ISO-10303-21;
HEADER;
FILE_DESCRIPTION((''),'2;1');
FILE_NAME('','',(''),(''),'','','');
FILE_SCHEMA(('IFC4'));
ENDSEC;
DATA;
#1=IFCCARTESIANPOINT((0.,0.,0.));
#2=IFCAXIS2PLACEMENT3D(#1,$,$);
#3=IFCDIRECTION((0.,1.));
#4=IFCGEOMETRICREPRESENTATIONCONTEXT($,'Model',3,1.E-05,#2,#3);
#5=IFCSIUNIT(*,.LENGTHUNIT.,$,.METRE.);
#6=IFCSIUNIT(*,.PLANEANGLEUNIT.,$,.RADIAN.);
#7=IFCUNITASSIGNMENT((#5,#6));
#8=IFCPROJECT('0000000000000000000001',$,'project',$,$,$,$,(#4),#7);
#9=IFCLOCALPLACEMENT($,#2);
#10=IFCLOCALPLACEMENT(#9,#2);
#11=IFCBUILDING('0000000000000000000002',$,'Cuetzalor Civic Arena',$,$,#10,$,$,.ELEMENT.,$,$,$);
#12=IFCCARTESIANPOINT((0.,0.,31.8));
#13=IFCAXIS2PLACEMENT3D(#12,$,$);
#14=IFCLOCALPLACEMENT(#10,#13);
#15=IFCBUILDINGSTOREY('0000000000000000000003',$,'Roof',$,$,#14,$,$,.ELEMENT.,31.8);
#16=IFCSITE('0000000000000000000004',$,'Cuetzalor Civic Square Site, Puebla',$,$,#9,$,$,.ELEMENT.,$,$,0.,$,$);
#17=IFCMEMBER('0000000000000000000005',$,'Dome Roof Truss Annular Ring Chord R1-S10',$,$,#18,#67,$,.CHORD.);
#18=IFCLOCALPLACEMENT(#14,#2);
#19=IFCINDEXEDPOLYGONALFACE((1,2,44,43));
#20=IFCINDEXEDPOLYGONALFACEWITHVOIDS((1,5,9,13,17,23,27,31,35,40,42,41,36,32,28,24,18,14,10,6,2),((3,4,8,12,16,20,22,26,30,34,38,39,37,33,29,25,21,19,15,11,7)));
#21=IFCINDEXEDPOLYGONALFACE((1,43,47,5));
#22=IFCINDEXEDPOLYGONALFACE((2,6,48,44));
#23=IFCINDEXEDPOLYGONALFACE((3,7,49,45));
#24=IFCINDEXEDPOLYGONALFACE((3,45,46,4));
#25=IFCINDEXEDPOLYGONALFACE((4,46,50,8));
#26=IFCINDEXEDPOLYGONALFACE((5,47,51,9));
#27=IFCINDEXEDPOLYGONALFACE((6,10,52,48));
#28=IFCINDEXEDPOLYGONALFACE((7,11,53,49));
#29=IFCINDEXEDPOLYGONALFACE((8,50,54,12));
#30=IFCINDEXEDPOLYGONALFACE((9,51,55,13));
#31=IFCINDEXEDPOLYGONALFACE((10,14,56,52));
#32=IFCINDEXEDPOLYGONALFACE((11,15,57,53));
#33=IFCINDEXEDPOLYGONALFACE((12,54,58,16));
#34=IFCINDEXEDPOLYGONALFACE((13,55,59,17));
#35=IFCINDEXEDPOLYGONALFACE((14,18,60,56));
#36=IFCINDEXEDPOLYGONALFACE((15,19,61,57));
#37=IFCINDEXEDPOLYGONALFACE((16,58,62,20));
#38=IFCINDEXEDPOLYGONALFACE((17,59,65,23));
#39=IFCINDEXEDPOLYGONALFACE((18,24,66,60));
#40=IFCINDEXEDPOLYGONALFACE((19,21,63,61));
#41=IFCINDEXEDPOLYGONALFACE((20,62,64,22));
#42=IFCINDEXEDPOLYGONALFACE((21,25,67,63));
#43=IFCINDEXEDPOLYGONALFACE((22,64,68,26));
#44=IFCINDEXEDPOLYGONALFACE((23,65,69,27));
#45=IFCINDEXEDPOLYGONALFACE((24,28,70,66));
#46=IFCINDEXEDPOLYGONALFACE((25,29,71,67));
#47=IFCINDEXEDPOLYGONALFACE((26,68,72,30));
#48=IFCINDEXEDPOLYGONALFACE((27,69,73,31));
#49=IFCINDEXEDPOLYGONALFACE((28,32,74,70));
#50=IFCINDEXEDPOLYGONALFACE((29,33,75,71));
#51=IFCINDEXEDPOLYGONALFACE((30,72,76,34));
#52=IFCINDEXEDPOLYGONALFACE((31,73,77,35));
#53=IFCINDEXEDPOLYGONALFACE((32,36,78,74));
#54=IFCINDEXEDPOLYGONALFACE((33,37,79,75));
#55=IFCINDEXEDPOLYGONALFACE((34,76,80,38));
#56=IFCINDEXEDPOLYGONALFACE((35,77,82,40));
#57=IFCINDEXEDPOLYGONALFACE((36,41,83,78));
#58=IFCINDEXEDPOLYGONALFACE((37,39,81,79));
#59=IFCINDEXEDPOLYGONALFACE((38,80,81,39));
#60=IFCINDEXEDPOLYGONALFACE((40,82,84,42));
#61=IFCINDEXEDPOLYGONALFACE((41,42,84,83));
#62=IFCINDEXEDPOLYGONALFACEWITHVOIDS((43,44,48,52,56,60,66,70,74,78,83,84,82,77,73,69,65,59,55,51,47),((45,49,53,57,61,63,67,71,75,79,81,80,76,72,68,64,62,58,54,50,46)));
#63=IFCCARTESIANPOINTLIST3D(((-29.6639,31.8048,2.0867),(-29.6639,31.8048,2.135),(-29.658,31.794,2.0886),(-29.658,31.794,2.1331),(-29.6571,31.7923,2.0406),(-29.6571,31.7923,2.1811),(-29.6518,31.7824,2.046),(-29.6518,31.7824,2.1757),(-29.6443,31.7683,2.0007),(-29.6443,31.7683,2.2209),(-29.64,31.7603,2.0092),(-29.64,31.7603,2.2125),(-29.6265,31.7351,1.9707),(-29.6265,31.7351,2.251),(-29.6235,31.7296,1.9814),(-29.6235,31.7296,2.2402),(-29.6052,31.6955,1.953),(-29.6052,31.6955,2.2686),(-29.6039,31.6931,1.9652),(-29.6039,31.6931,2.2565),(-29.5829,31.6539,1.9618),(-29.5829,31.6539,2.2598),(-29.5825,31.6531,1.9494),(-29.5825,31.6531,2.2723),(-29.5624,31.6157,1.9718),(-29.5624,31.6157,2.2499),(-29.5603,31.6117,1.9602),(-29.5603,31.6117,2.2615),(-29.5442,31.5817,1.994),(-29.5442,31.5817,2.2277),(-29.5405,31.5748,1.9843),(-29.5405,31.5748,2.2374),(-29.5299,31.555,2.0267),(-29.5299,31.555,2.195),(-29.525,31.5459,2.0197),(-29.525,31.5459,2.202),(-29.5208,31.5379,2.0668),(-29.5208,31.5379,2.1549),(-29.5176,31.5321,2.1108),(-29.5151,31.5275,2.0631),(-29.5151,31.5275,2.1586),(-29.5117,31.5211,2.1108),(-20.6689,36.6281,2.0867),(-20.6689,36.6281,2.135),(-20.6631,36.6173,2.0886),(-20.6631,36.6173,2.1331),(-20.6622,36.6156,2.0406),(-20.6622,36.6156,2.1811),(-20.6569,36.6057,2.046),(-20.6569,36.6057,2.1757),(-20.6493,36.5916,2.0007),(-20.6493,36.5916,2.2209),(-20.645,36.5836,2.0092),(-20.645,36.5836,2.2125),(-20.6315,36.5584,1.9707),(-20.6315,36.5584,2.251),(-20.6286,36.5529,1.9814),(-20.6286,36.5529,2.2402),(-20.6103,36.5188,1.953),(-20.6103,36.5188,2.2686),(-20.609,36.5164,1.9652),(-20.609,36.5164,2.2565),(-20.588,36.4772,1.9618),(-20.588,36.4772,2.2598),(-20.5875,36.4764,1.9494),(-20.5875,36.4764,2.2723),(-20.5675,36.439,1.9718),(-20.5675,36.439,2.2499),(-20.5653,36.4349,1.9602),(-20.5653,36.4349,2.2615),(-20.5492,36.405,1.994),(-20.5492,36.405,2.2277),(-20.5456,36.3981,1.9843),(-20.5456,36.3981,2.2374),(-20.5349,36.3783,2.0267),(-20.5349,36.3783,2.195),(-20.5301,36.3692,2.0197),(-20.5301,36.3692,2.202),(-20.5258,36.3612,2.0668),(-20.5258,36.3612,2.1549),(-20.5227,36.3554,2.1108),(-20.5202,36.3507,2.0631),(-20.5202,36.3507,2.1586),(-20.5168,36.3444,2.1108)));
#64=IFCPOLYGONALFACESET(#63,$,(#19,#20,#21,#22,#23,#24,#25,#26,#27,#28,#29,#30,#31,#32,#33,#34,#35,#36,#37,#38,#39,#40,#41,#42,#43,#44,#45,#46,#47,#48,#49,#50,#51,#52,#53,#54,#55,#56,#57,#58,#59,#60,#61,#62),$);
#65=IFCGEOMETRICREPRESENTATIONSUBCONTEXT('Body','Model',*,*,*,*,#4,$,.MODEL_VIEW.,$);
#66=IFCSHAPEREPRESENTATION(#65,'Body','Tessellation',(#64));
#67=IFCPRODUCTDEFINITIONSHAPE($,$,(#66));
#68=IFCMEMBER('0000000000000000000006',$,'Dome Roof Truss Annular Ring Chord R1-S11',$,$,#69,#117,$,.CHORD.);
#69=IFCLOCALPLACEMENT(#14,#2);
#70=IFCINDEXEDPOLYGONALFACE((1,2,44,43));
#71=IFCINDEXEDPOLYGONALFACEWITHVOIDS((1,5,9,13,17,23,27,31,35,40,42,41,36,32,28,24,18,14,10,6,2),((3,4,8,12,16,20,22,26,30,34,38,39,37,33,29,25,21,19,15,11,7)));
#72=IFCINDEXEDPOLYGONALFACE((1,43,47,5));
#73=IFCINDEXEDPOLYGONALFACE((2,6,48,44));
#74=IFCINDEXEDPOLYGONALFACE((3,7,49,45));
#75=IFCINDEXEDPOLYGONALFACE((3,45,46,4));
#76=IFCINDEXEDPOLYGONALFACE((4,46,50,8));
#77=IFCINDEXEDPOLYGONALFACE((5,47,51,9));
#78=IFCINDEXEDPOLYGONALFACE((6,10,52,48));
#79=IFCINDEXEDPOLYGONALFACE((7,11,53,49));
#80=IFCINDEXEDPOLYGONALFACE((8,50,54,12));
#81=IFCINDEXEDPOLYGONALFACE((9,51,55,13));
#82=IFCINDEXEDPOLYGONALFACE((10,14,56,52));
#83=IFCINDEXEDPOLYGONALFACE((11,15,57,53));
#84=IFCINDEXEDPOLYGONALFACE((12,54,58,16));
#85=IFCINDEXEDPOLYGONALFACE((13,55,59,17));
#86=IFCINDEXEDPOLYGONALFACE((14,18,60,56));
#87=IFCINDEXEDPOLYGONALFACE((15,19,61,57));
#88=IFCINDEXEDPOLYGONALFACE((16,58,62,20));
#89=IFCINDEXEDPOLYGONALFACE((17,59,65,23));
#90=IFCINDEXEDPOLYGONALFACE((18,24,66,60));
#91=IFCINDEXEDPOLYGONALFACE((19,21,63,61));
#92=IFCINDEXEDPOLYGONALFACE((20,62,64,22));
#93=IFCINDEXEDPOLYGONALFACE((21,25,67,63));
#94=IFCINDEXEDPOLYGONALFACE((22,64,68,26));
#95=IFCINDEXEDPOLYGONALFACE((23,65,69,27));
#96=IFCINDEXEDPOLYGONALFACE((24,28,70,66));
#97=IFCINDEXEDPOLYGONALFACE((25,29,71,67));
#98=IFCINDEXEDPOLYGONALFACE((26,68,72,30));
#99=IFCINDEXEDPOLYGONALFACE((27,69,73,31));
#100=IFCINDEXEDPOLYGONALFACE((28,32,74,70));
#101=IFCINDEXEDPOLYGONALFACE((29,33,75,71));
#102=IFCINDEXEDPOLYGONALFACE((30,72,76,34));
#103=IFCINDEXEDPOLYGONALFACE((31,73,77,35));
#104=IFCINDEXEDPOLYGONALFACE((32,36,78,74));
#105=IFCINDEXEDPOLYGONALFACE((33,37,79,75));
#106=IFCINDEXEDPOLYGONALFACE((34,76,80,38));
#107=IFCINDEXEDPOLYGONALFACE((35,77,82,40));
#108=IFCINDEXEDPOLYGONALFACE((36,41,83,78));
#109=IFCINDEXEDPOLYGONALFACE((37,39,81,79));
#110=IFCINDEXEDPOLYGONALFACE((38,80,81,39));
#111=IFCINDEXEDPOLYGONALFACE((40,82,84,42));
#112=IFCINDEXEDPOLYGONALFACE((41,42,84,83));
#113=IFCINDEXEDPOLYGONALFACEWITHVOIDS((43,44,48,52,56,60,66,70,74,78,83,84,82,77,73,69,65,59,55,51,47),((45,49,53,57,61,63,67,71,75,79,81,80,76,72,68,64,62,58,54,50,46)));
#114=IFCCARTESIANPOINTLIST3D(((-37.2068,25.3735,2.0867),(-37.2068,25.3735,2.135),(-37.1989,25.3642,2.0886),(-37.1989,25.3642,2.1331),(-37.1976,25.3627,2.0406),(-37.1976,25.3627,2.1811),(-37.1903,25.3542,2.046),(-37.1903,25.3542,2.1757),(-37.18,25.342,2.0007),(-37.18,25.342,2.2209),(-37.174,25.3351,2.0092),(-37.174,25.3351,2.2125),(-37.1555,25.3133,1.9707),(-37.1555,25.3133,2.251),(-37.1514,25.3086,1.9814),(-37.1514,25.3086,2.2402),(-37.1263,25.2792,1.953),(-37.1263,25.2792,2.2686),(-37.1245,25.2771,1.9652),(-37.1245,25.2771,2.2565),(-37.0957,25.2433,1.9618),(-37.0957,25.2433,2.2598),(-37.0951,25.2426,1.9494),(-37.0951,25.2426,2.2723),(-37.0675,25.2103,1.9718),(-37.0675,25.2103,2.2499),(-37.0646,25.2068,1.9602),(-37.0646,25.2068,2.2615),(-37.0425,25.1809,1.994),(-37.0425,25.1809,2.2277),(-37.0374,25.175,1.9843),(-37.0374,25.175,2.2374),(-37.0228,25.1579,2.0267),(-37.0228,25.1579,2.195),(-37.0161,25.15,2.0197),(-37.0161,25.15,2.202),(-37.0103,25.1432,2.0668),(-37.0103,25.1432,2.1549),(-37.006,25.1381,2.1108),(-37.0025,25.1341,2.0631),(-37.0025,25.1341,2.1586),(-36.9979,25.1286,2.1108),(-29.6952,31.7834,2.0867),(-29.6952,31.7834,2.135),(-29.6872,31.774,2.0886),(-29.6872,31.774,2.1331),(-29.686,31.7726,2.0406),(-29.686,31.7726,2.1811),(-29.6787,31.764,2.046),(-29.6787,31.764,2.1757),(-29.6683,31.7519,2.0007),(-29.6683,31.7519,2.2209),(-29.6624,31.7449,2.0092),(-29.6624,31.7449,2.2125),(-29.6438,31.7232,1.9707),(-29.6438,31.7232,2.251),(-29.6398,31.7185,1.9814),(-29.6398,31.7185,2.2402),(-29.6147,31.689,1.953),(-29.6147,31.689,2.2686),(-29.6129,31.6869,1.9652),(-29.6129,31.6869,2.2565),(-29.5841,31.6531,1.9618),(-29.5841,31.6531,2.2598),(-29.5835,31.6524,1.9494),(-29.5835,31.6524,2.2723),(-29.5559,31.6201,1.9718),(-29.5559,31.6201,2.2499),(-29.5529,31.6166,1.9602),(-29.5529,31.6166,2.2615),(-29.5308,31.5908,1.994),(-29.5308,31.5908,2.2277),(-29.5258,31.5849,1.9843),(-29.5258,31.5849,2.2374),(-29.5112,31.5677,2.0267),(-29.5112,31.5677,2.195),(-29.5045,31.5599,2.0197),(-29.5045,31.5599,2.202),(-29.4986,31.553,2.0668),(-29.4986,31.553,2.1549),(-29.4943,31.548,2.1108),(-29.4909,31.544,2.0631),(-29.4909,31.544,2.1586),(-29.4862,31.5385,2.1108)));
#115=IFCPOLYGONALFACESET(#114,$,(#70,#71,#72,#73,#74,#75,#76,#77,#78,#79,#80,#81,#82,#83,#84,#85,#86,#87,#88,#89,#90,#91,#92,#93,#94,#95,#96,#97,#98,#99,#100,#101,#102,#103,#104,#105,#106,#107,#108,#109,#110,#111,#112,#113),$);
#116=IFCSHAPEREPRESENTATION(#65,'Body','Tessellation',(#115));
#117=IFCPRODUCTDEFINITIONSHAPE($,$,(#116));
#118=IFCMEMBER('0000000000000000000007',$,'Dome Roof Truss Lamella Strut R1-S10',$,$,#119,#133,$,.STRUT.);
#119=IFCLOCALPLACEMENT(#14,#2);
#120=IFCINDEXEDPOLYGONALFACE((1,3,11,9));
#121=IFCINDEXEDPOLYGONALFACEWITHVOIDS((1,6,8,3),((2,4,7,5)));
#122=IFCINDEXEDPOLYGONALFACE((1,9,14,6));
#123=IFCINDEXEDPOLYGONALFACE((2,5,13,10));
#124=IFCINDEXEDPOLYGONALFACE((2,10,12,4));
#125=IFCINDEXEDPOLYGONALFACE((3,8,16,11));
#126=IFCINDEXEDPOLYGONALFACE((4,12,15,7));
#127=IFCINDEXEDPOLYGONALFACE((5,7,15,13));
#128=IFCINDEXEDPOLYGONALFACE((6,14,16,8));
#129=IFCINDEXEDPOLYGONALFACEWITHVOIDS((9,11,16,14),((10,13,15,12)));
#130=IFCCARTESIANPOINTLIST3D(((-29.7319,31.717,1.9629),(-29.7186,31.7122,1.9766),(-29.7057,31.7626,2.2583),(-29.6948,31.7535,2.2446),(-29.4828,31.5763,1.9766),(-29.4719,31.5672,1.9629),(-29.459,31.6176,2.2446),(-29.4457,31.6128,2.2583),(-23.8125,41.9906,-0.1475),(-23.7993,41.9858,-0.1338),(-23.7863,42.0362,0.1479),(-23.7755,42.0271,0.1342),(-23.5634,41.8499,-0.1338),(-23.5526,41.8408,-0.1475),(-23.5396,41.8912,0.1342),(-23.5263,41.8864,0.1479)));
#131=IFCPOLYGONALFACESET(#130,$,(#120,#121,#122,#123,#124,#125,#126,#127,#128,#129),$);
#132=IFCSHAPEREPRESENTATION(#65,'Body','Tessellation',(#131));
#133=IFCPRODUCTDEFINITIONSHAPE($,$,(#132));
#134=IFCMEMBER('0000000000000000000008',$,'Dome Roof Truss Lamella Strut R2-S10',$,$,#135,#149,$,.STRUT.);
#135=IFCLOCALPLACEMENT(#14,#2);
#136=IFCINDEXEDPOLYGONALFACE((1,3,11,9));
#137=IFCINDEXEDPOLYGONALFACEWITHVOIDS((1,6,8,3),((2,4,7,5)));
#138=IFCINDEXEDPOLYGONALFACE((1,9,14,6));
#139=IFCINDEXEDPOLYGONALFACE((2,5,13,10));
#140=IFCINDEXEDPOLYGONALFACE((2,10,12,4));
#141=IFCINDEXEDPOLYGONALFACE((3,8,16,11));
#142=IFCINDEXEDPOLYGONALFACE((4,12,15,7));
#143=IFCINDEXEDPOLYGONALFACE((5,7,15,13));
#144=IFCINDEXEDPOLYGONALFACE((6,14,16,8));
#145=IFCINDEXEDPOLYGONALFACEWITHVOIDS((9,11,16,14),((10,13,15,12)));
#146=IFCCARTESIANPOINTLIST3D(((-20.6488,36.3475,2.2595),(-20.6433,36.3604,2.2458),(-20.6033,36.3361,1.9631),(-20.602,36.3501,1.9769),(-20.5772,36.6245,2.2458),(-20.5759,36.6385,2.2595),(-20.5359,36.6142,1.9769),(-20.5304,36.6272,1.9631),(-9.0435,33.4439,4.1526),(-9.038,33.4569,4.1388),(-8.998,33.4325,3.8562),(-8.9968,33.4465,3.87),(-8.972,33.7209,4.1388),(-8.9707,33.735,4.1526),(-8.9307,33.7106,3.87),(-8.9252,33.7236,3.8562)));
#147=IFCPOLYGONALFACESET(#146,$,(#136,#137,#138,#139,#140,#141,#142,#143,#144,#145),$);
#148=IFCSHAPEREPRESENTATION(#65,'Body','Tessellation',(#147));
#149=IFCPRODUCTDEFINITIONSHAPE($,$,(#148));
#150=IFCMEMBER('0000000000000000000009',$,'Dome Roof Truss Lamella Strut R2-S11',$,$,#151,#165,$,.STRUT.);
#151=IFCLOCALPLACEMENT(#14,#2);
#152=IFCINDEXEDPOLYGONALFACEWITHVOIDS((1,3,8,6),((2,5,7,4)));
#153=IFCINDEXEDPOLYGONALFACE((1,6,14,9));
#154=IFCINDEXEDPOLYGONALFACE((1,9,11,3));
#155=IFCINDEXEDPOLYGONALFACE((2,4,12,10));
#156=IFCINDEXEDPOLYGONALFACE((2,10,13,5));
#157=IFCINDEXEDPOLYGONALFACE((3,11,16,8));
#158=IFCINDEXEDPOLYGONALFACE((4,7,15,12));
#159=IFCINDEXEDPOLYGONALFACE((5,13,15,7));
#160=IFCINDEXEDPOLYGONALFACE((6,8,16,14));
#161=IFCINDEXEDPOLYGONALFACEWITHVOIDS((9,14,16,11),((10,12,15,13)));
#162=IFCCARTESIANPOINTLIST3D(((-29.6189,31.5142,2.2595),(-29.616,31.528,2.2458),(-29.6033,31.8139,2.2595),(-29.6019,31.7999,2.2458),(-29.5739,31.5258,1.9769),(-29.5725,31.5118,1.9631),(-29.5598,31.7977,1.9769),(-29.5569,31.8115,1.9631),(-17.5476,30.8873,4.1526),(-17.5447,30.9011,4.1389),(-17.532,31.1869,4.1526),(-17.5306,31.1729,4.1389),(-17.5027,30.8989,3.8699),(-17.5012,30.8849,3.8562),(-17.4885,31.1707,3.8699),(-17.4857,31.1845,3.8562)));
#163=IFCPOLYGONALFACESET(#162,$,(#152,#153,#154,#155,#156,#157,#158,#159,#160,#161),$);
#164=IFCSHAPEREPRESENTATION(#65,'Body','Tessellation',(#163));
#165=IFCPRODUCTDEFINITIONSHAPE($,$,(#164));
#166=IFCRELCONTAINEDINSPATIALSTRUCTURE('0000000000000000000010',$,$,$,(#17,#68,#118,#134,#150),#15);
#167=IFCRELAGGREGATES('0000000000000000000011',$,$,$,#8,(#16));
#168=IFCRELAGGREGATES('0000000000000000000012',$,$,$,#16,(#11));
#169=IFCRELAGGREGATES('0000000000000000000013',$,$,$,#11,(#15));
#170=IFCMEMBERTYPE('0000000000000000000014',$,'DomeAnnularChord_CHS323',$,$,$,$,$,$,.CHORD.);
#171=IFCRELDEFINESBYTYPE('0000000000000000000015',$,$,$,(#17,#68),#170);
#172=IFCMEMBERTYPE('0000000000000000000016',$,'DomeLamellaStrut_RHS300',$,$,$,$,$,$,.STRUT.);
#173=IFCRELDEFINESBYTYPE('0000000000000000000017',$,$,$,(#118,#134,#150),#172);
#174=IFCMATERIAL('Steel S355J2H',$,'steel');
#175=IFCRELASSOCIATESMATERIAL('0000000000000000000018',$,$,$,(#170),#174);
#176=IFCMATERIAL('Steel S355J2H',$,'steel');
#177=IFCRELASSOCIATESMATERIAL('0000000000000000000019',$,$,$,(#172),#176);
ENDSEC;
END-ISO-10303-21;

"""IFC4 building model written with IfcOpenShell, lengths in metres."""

from ifc_helpers import new_model, si_unit, direction, frame, origin, origin_2d, place, context, subcontext, project, spatial, hollow_rectangle, hollow_circle, extrude, material, material_profile, profile_set, type_object, element, save


model = new_model("IFC4")

# Units and contexts
model_context = context("Model", 3, precision=1e-05, world=origin(), true_north=direction((0.0, 1.0)))
body_context = subcontext(model_context, "Body", "Model", "MODEL_VIEW")
ifc_project = project(units=[si_unit("LENGTHUNIT", "METRE"), si_unit("PLANEANGLEUNIT", "RADIAN")], contexts=[model_context])

# Site, building, storey
site_placement = place(None, origin())
site = spatial("IfcSite", under=ifc_project, at=site_placement, Name="Cuetzalor Civic Square Site, Puebla", CompositionType="ELEMENT", RefElevation=0.0)
building_placement = place(site_placement, origin())
building = spatial("IfcBuilding", under=site, at=building_placement, Name="Cuetzalor Civic Arena", CompositionType="ELEMENT")
storey_placement = place(building_placement, frame((0.0, 0.0, 31.8)))
storey = spatial("IfcBuildingStorey", under=building, at=storey_placement, Name="Roof", CompositionType="ELEMENT", Elevation=31.8)

# Members
ifc_material_1 = material(Name="Steel S355J2H", Category="steel")
ifc_material_profile_1 = material_profile(ifc_material_1, hollow_circle(Radius=0.1619, WallThickness=0.0125, at=origin_2d()), Name="CHS 323.9x12.5")
ifc_profile_set_1 = profile_set([ifc_material_profile_1], Name="Steel S355J2H")
member_type_1 = type_object("IfcMemberType", Name="DomeAnnularChord_CHS323", PredefinedType="CHORD", material=ifc_profile_set_1)
member_1_placement = place(storey_placement, frame((-20.5933, 36.4871, 2.1108), z_axis=(-0.881294, -0.472569, 0.0), x_axis=(0.472569, -0.881294, 0.0)))
element("IfcMember", 1, at=member_1_placement, inside=storey, type_object=member_type_1, Name="Dome Roof Truss Annular Ring Chord R1-S10", PredefinedType="CHORD", context=body_context, shape_type="SweptSolid", body=[
    extrude(hollow_circle(Radius=0.1619, WallThickness=0.0125, at=origin_2d()), origin(), (0.0, 0.0, 1.0), 10.2065),
])
member_2_placement = place(storey_placement, frame((-29.5913, 31.6616, 2.1108), z_axis=(-0.760691, -0.649114, 0.0), x_axis=(0.649114, -0.760691, 0.0)))
element("IfcMember", 2, at=member_2_placement, inside=storey, type_object=member_type_1, Name="Dome Roof Truss Annular Ring Chord R1-S11", PredefinedType="CHORD", context=body_context, shape_type="SweptSolid", body=[
    extrude(hollow_circle(Radius=0.1619, WallThickness=0.0125, at=origin_2d()), origin(), (0.0, 0.0, 1.0), 9.8748),
])
ifc_material_2 = material(Name="Steel S355J2H", Category="steel")
ifc_material_profile_2 = material_profile(ifc_material_2, hollow_rectangle(XDim=0.3, YDim=0.3, WallThickness=0.0139, at=origin_2d()), Name="RHS 300x300x14")
ifc_profile_set_2 = profile_set([ifc_material_profile_2], Name="Steel S355J2H")
member_type_2 = type_object("IfcMemberType", Name="DomeLamellaStrut_RHS300", PredefinedType="STRUT", material=ifc_profile_set_2)
member_3_placement = place(storey_placement, frame((-23.6694, 41.9385, 0.0002), z_axis=(-0.491511, -0.85306, 0.17523), x_axis=(0.866466, -0.499236, 0.0)))
element("IfcMember", 3, at=member_3_placement, inside=storey, type_object=member_type_2, Name="Dome Roof Truss Lamella Strut R1-S10", PredefinedType="STRUT", context=body_context, shape_type="SweptSolid", body=[
    extrude(hollow_rectangle(XDim=0.3, YDim=0.3, WallThickness=0.0139, at=origin_2d()), origin(), (0.0, 0.0, 1.0), 12.0432),
])
member_4_placement = place(storey_placement, frame((-20.5896, 36.4873, 2.1113), z_axis=(0.958175, -0.23973, 0.156299), x_axis=(0.242713, 0.970098, 0.0)))
element("IfcMember", 4, at=member_4_placement, inside=storey, type_object=member_type_2, Name="Dome Roof Truss Lamella Strut R2-S10", PredefinedType="STRUT", context=body_context, shape_type="SweptSolid", body=[
    extrude(hollow_rectangle(XDim=0.3, YDim=0.3, WallThickness=0.0139, at=origin_2d()), origin(), (0.0, 0.0, 1.0), 12.1118),
])
member_5_placement = place(storey_placement, frame((-29.5879, 31.6628, 2.1113), z_axis=(0.986627, -0.051243, 0.154727), x_axis=(0.051868, 0.998654, 0.0)))
element("IfcMember", 5, at=member_5_placement, inside=storey, type_object=member_type_2, Name="Dome Roof Truss Lamella Strut R2-S11", PredefinedType="STRUT", context=body_context, shape_type="SweptSolid", body=[
    extrude(hollow_rectangle(XDim=0.3, YDim=0.3, WallThickness=0.0139, at=origin_2d()), origin(), (0.0, 0.0, 1.0), 12.2349),
])

save(model, "model.ifc")
